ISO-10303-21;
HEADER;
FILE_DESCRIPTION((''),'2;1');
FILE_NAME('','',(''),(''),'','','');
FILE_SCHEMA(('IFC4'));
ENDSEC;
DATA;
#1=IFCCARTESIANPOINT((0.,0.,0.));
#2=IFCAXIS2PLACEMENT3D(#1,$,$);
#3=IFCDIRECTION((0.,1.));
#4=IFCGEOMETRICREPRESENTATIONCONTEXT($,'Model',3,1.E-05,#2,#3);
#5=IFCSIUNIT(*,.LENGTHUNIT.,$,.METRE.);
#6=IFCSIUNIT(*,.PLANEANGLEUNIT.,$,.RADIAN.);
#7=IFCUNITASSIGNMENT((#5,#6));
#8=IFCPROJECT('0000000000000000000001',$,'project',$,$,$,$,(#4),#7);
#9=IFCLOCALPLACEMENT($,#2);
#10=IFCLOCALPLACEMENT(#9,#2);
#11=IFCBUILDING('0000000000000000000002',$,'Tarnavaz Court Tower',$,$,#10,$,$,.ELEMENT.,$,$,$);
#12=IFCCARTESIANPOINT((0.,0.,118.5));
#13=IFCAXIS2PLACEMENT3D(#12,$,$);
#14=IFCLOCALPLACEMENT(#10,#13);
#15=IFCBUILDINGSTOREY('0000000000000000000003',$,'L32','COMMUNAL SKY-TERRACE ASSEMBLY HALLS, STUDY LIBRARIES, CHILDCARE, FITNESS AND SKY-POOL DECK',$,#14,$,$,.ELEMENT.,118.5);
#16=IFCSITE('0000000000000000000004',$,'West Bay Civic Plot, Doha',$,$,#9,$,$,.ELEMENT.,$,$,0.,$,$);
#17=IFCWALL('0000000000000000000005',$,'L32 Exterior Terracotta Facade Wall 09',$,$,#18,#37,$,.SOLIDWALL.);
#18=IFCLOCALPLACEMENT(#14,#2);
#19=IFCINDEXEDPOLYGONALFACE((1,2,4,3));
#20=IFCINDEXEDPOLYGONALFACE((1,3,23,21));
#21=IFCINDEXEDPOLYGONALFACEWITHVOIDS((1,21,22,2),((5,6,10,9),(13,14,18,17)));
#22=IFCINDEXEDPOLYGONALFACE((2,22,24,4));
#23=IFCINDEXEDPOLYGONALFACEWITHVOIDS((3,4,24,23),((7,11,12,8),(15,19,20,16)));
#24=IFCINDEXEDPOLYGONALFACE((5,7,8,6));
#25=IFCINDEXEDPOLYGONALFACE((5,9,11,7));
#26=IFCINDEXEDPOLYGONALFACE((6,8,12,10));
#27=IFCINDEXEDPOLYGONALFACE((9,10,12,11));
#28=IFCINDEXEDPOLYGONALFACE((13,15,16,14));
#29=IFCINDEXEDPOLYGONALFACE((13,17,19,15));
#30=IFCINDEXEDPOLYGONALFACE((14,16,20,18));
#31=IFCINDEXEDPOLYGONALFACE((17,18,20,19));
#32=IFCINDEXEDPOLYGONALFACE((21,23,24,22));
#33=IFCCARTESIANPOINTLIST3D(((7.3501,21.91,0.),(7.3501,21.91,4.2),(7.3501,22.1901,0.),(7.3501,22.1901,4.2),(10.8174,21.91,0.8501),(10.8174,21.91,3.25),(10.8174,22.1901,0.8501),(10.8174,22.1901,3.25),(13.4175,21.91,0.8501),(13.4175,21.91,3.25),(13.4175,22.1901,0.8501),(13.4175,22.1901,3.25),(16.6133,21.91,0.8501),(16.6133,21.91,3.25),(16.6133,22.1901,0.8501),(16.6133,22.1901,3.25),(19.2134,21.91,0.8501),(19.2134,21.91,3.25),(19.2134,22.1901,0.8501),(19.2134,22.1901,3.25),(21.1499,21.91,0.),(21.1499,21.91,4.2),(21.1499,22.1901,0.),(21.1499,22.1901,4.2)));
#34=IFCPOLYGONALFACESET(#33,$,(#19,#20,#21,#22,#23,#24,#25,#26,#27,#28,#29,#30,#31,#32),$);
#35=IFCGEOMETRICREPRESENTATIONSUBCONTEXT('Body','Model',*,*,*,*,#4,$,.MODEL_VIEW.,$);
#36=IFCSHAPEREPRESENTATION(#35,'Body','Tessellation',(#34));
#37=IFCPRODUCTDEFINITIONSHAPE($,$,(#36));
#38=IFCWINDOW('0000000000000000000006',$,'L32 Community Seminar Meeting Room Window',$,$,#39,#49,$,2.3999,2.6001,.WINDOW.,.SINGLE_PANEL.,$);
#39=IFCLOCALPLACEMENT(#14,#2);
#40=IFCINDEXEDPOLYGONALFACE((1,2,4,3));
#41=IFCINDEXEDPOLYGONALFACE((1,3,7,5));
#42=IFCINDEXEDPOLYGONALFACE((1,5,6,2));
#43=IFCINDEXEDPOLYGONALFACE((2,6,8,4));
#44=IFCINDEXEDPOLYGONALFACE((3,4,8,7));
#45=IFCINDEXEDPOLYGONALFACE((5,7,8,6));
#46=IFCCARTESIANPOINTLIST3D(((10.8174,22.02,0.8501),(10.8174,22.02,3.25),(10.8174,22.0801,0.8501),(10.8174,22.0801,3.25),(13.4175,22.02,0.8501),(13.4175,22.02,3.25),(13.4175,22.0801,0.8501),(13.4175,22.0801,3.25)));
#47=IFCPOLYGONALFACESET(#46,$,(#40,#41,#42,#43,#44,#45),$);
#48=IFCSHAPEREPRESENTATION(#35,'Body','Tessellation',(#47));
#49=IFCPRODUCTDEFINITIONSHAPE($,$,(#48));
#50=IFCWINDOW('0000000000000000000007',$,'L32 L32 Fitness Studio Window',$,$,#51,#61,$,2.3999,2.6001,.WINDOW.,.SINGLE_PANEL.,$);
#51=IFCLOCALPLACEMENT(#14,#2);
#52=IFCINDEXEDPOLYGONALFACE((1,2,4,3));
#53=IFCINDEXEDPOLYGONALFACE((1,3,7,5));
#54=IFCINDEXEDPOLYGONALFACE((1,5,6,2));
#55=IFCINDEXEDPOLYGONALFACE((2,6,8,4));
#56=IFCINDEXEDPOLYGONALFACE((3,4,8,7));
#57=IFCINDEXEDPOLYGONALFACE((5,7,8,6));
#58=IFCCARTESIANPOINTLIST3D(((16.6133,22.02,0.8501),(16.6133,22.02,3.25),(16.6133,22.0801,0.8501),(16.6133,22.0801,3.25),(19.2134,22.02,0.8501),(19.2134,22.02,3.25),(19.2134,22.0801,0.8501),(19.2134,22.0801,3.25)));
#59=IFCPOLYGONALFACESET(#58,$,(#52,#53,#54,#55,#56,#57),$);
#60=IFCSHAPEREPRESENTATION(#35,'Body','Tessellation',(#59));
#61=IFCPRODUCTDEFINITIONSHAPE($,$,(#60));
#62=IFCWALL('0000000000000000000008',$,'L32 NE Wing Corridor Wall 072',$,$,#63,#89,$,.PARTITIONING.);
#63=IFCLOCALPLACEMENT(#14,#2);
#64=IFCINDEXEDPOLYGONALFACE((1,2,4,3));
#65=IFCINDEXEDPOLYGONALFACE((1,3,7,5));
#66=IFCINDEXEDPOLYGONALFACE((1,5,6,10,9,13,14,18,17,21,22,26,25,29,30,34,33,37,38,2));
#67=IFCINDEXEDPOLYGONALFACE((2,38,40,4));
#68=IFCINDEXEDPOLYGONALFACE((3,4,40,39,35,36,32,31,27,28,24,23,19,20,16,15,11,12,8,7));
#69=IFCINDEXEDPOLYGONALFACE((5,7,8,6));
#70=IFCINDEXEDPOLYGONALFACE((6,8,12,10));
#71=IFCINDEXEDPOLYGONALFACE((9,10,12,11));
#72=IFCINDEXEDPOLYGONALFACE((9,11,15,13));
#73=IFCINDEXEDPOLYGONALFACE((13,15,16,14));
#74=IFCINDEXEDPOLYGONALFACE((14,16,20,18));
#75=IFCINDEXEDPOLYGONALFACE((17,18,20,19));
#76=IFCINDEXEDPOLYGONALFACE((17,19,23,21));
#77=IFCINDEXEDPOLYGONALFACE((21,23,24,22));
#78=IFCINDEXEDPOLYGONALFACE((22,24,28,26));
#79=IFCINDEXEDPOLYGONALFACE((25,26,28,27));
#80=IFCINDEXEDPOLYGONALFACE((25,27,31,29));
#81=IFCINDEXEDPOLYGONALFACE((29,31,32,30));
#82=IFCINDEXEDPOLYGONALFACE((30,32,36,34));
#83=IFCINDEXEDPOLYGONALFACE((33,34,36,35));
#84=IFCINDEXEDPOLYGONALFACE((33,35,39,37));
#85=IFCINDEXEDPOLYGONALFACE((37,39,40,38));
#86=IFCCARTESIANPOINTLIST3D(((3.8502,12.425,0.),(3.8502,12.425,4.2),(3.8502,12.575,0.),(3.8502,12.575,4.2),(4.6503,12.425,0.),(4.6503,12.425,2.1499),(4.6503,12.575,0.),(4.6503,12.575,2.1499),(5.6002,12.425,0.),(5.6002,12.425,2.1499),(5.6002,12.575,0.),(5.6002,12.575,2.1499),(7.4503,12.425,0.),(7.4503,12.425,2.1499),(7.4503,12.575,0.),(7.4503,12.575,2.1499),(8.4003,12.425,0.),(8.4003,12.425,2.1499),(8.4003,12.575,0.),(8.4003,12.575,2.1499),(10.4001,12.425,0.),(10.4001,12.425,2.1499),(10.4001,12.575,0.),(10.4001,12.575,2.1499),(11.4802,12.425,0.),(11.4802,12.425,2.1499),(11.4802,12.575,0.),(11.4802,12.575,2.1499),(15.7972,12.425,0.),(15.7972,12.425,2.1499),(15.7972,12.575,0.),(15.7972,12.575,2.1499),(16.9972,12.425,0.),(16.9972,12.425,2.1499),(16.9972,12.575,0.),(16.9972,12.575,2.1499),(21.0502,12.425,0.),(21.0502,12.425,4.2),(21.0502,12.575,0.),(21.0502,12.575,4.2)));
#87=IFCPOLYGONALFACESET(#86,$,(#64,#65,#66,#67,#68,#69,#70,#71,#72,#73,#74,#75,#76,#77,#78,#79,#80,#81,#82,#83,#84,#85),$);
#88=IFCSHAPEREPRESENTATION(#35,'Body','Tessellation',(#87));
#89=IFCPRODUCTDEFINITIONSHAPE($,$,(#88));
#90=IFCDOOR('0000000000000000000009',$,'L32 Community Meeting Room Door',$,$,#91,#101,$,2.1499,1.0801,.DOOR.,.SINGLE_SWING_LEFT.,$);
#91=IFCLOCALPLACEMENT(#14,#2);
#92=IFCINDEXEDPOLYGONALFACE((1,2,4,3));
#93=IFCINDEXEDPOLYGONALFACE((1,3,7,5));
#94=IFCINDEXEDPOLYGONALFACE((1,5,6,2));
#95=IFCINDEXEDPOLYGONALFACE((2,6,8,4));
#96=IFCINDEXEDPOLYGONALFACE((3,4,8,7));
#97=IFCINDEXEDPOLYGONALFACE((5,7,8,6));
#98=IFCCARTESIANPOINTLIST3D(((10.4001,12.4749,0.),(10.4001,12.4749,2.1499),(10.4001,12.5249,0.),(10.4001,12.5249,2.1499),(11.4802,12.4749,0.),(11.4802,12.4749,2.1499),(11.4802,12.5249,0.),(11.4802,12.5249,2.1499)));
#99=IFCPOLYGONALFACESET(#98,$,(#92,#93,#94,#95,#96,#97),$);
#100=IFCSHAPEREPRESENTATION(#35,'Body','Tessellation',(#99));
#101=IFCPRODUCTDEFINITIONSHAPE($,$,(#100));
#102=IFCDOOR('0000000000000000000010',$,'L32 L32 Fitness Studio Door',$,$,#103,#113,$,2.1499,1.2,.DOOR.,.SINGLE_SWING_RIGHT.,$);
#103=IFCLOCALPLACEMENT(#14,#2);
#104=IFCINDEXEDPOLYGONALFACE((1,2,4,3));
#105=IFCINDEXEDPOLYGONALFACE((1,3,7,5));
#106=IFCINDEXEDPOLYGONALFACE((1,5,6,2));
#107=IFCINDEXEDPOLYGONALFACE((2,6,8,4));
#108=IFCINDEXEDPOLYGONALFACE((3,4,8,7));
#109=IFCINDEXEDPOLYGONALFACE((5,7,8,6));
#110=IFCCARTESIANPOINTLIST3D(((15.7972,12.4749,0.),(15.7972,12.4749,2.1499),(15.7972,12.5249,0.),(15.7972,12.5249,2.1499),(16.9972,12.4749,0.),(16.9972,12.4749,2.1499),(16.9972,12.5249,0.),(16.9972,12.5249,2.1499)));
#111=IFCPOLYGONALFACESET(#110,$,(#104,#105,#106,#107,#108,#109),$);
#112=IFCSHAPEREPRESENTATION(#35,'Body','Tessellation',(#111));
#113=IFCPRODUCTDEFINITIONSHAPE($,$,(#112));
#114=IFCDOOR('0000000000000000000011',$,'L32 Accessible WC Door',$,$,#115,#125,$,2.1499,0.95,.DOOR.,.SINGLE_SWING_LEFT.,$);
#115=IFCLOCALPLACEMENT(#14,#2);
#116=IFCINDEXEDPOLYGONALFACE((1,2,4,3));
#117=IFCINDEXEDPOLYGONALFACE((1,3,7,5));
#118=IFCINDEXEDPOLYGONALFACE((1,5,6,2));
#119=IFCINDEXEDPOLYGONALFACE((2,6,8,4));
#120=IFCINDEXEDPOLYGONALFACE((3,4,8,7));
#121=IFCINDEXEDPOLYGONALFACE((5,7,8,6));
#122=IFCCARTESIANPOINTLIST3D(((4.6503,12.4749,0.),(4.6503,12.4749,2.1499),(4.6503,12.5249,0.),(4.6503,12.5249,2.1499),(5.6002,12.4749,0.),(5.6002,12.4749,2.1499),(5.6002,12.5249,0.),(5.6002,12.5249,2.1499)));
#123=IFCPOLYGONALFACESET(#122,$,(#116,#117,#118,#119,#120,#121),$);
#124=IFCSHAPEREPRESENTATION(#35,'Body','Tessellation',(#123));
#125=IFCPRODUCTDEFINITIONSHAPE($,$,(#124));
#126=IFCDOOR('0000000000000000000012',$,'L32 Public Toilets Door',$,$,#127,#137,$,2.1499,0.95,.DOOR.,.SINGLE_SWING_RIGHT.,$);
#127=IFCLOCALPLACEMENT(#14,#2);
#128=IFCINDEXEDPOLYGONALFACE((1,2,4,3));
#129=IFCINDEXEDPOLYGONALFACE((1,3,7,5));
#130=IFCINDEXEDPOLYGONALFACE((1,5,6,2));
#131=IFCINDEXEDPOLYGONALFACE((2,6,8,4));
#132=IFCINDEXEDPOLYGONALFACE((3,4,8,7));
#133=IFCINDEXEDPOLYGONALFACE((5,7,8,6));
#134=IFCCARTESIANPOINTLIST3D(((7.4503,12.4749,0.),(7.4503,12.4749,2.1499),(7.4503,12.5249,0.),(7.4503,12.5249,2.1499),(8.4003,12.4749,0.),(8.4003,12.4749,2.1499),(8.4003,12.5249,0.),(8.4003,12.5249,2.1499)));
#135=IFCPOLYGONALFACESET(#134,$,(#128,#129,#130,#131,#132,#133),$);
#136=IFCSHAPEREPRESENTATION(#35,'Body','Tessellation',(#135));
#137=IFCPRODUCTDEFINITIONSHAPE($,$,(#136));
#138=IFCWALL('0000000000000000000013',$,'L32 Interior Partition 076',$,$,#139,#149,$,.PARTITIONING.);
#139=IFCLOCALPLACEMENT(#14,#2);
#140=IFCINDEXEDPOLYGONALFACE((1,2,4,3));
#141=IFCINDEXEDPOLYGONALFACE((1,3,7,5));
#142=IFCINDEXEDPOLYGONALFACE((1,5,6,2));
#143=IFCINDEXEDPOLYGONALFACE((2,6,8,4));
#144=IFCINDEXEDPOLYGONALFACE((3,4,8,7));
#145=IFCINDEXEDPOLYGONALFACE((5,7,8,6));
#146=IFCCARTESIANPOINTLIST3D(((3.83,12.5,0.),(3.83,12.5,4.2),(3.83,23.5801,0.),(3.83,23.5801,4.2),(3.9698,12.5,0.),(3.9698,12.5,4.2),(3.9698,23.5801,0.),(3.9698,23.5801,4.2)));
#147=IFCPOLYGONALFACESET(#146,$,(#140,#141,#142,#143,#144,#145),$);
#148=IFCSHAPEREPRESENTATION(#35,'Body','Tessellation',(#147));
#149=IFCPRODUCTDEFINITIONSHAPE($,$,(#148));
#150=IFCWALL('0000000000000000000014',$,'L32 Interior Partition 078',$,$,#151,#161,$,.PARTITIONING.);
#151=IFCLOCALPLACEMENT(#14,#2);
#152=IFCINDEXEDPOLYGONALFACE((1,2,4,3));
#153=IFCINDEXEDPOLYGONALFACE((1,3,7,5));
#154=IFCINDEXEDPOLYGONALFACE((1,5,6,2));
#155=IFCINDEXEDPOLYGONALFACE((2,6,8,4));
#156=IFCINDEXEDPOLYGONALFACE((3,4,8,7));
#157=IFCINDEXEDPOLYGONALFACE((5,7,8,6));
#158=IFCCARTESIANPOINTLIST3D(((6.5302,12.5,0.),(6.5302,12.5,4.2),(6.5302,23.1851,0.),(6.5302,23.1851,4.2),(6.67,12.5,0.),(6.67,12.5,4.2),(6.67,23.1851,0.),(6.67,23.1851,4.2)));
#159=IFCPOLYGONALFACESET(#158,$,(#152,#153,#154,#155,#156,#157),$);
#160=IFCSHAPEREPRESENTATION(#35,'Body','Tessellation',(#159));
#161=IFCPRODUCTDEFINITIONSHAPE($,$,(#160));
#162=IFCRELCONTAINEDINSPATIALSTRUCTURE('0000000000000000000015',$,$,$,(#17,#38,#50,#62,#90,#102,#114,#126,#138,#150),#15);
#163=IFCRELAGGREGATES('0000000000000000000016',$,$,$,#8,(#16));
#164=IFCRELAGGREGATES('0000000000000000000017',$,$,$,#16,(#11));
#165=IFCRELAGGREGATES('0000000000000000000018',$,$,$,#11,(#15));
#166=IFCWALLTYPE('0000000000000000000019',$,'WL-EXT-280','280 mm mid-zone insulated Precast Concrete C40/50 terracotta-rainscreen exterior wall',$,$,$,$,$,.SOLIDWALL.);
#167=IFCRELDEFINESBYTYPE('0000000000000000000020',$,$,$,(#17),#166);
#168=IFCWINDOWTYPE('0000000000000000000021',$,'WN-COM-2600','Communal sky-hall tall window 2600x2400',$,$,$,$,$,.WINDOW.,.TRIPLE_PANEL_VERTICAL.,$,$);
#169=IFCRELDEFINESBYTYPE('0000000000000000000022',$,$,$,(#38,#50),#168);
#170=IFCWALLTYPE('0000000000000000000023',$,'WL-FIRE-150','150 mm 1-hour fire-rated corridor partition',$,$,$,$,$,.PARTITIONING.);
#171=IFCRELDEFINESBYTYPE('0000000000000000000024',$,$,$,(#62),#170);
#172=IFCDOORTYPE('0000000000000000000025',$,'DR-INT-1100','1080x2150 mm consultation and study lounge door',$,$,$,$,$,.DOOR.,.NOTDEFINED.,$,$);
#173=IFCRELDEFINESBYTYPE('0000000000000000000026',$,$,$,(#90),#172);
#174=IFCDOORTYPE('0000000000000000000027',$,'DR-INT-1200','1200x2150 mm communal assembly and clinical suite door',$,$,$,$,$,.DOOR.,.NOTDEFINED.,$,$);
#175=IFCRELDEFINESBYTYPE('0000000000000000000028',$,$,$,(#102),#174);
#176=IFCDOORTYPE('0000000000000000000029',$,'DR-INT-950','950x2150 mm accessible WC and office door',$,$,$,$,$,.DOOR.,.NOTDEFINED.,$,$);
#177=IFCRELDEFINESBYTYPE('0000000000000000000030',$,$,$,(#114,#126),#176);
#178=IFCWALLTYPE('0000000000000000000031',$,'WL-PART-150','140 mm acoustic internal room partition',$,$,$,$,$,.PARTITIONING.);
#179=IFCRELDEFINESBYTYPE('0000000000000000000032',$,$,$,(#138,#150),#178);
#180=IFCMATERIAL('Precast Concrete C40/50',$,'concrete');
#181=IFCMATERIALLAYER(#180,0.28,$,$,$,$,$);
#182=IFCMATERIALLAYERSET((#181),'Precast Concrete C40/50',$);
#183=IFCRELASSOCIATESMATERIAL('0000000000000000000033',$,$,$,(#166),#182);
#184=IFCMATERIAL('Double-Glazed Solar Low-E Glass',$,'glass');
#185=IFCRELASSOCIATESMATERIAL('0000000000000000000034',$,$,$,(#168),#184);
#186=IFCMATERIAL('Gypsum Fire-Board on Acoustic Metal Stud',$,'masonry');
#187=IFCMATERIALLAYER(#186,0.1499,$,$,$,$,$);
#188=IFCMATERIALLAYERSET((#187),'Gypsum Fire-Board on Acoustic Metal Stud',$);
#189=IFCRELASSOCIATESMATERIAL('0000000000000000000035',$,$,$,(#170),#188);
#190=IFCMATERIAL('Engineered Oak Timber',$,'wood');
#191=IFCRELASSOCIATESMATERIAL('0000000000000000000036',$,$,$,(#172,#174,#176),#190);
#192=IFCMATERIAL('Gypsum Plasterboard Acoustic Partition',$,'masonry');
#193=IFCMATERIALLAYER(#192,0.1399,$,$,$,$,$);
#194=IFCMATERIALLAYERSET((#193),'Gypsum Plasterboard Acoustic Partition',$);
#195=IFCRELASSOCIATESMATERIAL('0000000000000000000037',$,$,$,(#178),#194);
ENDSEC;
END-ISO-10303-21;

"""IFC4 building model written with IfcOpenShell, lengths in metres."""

from ifc_helpers import new_model, si_unit, direction, frame, frame_2d, origin, place, context, subcontext, project, spatial, rectangle, extrude, material, layer, layer_set, type_object, element, fill, save


model = new_model("IFC4")

# Units and contexts
model_context = context("Model", 3, precision=1e-05, world=origin(), true_north=direction((0.0, 1.0)))
body_context = subcontext(model_context, "Body", "Model", "MODEL_VIEW")
ifc_project = project(units=[si_unit("LENGTHUNIT", "METRE"), si_unit("PLANEANGLEUNIT", "RADIAN")], contexts=[model_context])

# Site, building, storey
site_placement = place(None, origin())
site = spatial("IfcSite", under=ifc_project, at=site_placement, Name="West Bay Civic Plot, Doha", CompositionType="ELEMENT", RefElevation=0.0)
building_placement = place(site_placement, origin())
building = spatial("IfcBuilding", under=site, at=building_placement, Name="Tarnavaz Court Tower", CompositionType="ELEMENT")
storey_placement = place(building_placement, frame((0.0, 0.0, 118.5)))
storey = spatial("IfcBuildingStorey", under=building, at=storey_placement, Name="L32", Description="COMMUNAL SKY-TERRACE ASSEMBLY HALLS, STUDY LIBRARIES, CHILDCARE, FITNESS AND SKY-POOL DECK", CompositionType="ELEMENT", Elevation=118.5)

# Shared definitions
ifc_material_1 = material(Name="Double-Glazed Solar Low-E Glass", Category="glass")

# Shared definitions
ifc_material_2 = material(Name="Precast Concrete C40/50", Category="concrete")
ifc_layer_1 = layer(ifc_material_2, 0.28)
ifc_layer_set_1 = layer_set([ifc_layer_1], Name="Precast Concrete C40/50")
wall_type_1 = type_object("IfcWallType", Name="WL-EXT-280", Description="280 mm mid-zone insulated Precast Concrete C40/50 terracotta-rainscreen exterior wall", PredefinedType="SOLIDWALL", material=ifc_layer_set_1)

# Wall, openings, windows
wall_1_placement = place(storey_placement, frame((7.3501, 22.05, 0.0), z_axis=(0.0, 0.0, 1.0), x_axis=(1.0, 0.0, 0.0)))
wall_1 = element("IfcWall", 1, at=wall_1_placement, inside=storey, type_object=wall_type_1, Name="L32 Exterior Terracotta Facade Wall 09", PredefinedType="SOLIDWALL", context=body_context, shape_type="SweptSolid", body=[
    extrude(rectangle(XDim=13.7998, YDim=0.28, at=frame_2d((6.8999, 0.0))), origin(), (0.0, 0.0, 1.0), 4.2),
])
opening_1_placement = place(wall_1_placement, frame((3.4673, 0.0, 0.8501)))
opening_1 = element("IfcOpeningElement", 2, at=opening_1_placement, cuts=wall_1, PredefinedType="OPENING", context=body_context, shape_type="SweptSolid", body=[
    extrude(rectangle(XDim=2.6001, YDim=2.3999, at=frame_2d((1.3, 1.2))), frame((0.0, 0.1499, 0.0), z_axis=(0.0, -1.0, 0.0), x_axis=(1.0, 0.0, 0.0)), (0.0, 0.0, 1.0), 0.3),
])
opening_2_placement = place(wall_1_placement, frame((9.2632, 0.0, 0.8501)))
opening_2 = element("IfcOpeningElement", 3, at=opening_2_placement, cuts=wall_1, PredefinedType="OPENING", context=body_context, shape_type="SweptSolid", body=[
    extrude(rectangle(XDim=2.6001, YDim=2.3999, at=frame_2d((1.3, 1.2))), frame((0.0, 0.1499, 0.0), z_axis=(0.0, -1.0, 0.0), x_axis=(1.0, 0.0, 0.0)), (0.0, 0.0, 1.0), 0.3),
])
window_type = type_object("IfcWindowType", Name="WN-COM-2600", Description="Communal sky-hall tall window 2600x2400", PartitioningType="TRIPLE_PANEL_VERTICAL", PredefinedType="WINDOW", material=ifc_material_1)
window_1_placement = place(opening_1_placement, origin())
window_1 = element("IfcWindow", 4, at=window_1_placement, inside=storey, type_object=window_type, Name="L32 Community Seminar Meeting Room Window", OverallHeight=2.3999, OverallWidth=2.6001, PartitioningType="SINGLE_PANEL", PredefinedType="WINDOW", context=body_context, shape_type="SweptSolid", body=[
    extrude(rectangle(XDim=2.6001, YDim=2.3999, at=frame_2d((1.3, 1.2))), frame((0.0, 0.03, 0.0), z_axis=(0.0, -1.0, 0.0), x_axis=(1.0, 0.0, 0.0)), (0.0, 0.0, 1.0), 0.0601),
])
fill(opening_1, window_1)
window_2_placement = place(opening_2_placement, origin())
window_2 = element("IfcWindow", 5, at=window_2_placement, inside=storey, type_object=window_type, Name="L32 L32 Fitness Studio Window", OverallHeight=2.3999, OverallWidth=2.6001, PartitioningType="SINGLE_PANEL", PredefinedType="WINDOW", context=body_context, shape_type="SweptSolid", body=[
    extrude(rectangle(XDim=2.6001, YDim=2.3999, at=frame_2d((1.3, 1.2))), frame((0.0, 0.03, 0.0), z_axis=(0.0, -1.0, 0.0), x_axis=(1.0, 0.0, 0.0)), (0.0, 0.0, 1.0), 0.0601),
])
fill(opening_2, window_2)

# Wall, openings, doors
ifc_material_3 = material(Name="Gypsum Fire-Board on Acoustic Metal Stud", Category="masonry")
ifc_layer_2 = layer(ifc_material_3, 0.1499)
ifc_layer_set_2 = layer_set([ifc_layer_2], Name="Gypsum Fire-Board on Acoustic Metal Stud")
wall_type_2 = type_object("IfcWallType", Name="WL-FIRE-150", Description="150 mm 1-hour fire-rated corridor partition", PredefinedType="PARTITIONING", material=ifc_layer_set_2)
wall_2_placement = place(storey_placement, frame((3.8501, 12.5, 0.0), z_axis=(0.0, 0.0, 1.0), x_axis=(1.0, 0.0, 0.0)))
wall_2 = element("IfcWall", 6, at=wall_2_placement, inside=storey, type_object=wall_type_2, Name="L32 NE Wing Corridor Wall 072", PredefinedType="PARTITIONING", context=body_context, shape_type="SweptSolid", body=[
    extrude(rectangle(XDim=17.2, YDim=0.1499, at=frame_2d((8.6001, 0.0))), origin(), (0.0, 0.0, 1.0), 4.2),
])
opening_3_placement = place(wall_2_placement, frame((0.8, 0.0, 0.0)))
opening_3 = element("IfcOpeningElement", 7, at=opening_3_placement, cuts=wall_2, PredefinedType="OPENING", context=body_context, shape_type="SweptSolid", body=[
    extrude(rectangle(XDim=0.95, YDim=2.1499, at=frame_2d((0.4751, 1.075))), frame((0.0, 0.085, 0.0), z_axis=(0.0, -1.0, 0.0), x_axis=(1.0, 0.0, 0.0)), (0.0, 0.0, 1.0), 0.1699),
])
opening_4_placement = place(wall_2_placement, frame((3.6001, 0.0, 0.0)))
opening_4 = element("IfcOpeningElement", 8, at=opening_4_placement, cuts=wall_2, PredefinedType="OPENING", context=body_context, shape_type="SweptSolid", body=[
    extrude(rectangle(XDim=0.95, YDim=2.1499, at=frame_2d((0.4751, 1.075))), frame((0.0, 0.085, 0.0), z_axis=(0.0, -1.0, 0.0), x_axis=(1.0, 0.0, 0.0)), (0.0, 0.0, 1.0), 0.1699),
])
opening_5_placement = place(wall_2_placement, frame((6.55, 0.0, 0.0)))
opening_5 = element("IfcOpeningElement", 9, at=opening_5_placement, cuts=wall_2, PredefinedType="OPENING", context=body_context, shape_type="SweptSolid", body=[
    extrude(rectangle(XDim=1.0801, YDim=2.1499, at=frame_2d((0.54, 1.075))), frame((0.0, 0.085, 0.0), z_axis=(0.0, -1.0, 0.0), x_axis=(1.0, 0.0, 0.0)), (0.0, 0.0, 1.0), 0.1699),
])
opening_6_placement = place(wall_2_placement, frame((11.947, 0.0, 0.0)))
opening_6 = element("IfcOpeningElement", 10, at=opening_6_placement, cuts=wall_2, PredefinedType="OPENING", context=body_context, shape_type="SweptSolid", body=[
    extrude(rectangle(XDim=1.2, YDim=2.1499, at=frame_2d((0.6001, 1.075))), frame((0.0, 0.085, 0.0), z_axis=(0.0, -1.0, 0.0), x_axis=(1.0, 0.0, 0.0)), (0.0, 0.0, 1.0), 0.1699),
])
ifc_material_4 = material(Name="Engineered Oak Timber", Category="wood")
door_type_1 = type_object("IfcDoorType", Name="DR-INT-1100", Description="1080x2150 mm consultation and study lounge door", OperationType="NOTDEFINED", PredefinedType="DOOR", material=ifc_material_4)
door_1_placement = place(opening_5_placement, origin())
door_1 = element("IfcDoor", 11, at=door_1_placement, inside=storey, type_object=door_type_1, Name="L32 Community Meeting Room Door", OperationType="SINGLE_SWING_LEFT", OverallHeight=2.1499, OverallWidth=1.0801, PredefinedType="DOOR", context=body_context, shape_type="SweptSolid", body=[
    extrude(rectangle(XDim=1.0801, YDim=2.1499, at=frame_2d((0.54, 1.075))), frame((0.0, 0.0249, 0.0), z_axis=(0.0, -1.0, 0.0), x_axis=(1.0, 0.0, 0.0)), (0.0, 0.0, 1.0), 0.05),
])
fill(opening_5, door_1)
door_type_2 = type_object("IfcDoorType", Name="DR-INT-1200", Description="1200x2150 mm communal assembly and clinical suite door", OperationType="NOTDEFINED", PredefinedType="DOOR", material=ifc_material_4)
door_2_placement = place(opening_6_placement, origin())
door_2 = element("IfcDoor", 12, at=door_2_placement, inside=storey, type_object=door_type_2, Name="L32 L32 Fitness Studio Door", OperationType="SINGLE_SWING_RIGHT", OverallHeight=2.1499, OverallWidth=1.2, PredefinedType="DOOR", context=body_context, shape_type="SweptSolid", body=[
    extrude(rectangle(XDim=1.2, YDim=2.1499, at=frame_2d((0.6001, 1.075))), frame((0.0, 0.0249, 0.0), z_axis=(0.0, -1.0, 0.0), x_axis=(1.0, 0.0, 0.0)), (0.0, 0.0, 1.0), 0.05),
])
fill(opening_6, door_2)
door_type_3 = type_object("IfcDoorType", Name="DR-INT-950", Description="950x2150 mm accessible WC and office door", OperationType="NOTDEFINED", PredefinedType="DOOR", material=ifc_material_4)
door_3_placement = place(opening_3_placement, origin())
door_3 = element("IfcDoor", 13, at=door_3_placement, inside=storey, type_object=door_type_3, Name="L32 Accessible WC Door", OperationType="SINGLE_SWING_LEFT", OverallHeight=2.1499, OverallWidth=0.95, PredefinedType="DOOR", context=body_context, shape_type="SweptSolid", body=[
    extrude(rectangle(XDim=0.95, YDim=2.1499, at=frame_2d((0.4751, 1.075))), frame((0.0, 0.0249, 0.0), z_axis=(0.0, -1.0, 0.0), x_axis=(1.0, 0.0, 0.0)), (0.0, 0.0, 1.0), 0.05),
])
fill(opening_3, door_3)
door_4_placement = place(opening_4_placement, origin())
door_4 = element("IfcDoor", 14, at=door_4_placement, inside=storey, type_object=door_type_3, Name="L32 Public Toilets Door", OperationType="SINGLE_SWING_RIGHT", OverallHeight=2.1499, OverallWidth=0.95, PredefinedType="DOOR", context=body_context, shape_type="SweptSolid", body=[
    extrude(rectangle(XDim=0.95, YDim=2.1499, at=frame_2d((0.4751, 1.075))), frame((0.0, 0.0249, 0.0), z_axis=(0.0, -1.0, 0.0), x_axis=(1.0, 0.0, 0.0)), (0.0, 0.0, 1.0), 0.05),
])
fill(opening_4, door_4)

# Walls
ifc_material_5 = material(Name="Gypsum Plasterboard Acoustic Partition", Category="masonry")
ifc_layer_3 = layer(ifc_material_5, 0.1399)
ifc_layer_set_3 = layer_set([ifc_layer_3], Name="Gypsum Plasterboard Acoustic Partition")
wall_type_3 = type_object("IfcWallType", Name="WL-PART-150", Description="140 mm acoustic internal room partition", PredefinedType="PARTITIONING", material=ifc_layer_set_3)
wall_3_placement = place(storey_placement, frame((3.8999, 12.5, 0.0), z_axis=(0.0, 0.0, 1.0), x_axis=(0.0, 1.0, 0.0)))
element("IfcWall", 15, at=wall_3_placement, inside=storey, type_object=wall_type_3, Name="L32 Interior Partition 076", PredefinedType="PARTITIONING", context=body_context, shape_type="SweptSolid", body=[
    extrude(rectangle(XDim=11.0801, YDim=0.1399, at=frame_2d((5.54, 0.0))), origin(), (0.0, 0.0, 1.0), 4.2),
])
wall_4_placement = place(storey_placement, frame((6.6001, 12.5, 0.0), z_axis=(0.0, 0.0, 1.0), x_axis=(0.0, 1.0, 0.0)))
element("IfcWall", 16, at=wall_4_placement, inside=storey, type_object=wall_type_3, Name="L32 Interior Partition 078", PredefinedType="PARTITIONING", context=body_context, shape_type="SweptSolid", body=[
    extrude(rectangle(XDim=10.6851, YDim=0.1399, at=frame_2d((5.3425, 0.0))), origin(), (0.0, 0.0, 1.0), 4.2),
])

save(model, "model.ifc")
